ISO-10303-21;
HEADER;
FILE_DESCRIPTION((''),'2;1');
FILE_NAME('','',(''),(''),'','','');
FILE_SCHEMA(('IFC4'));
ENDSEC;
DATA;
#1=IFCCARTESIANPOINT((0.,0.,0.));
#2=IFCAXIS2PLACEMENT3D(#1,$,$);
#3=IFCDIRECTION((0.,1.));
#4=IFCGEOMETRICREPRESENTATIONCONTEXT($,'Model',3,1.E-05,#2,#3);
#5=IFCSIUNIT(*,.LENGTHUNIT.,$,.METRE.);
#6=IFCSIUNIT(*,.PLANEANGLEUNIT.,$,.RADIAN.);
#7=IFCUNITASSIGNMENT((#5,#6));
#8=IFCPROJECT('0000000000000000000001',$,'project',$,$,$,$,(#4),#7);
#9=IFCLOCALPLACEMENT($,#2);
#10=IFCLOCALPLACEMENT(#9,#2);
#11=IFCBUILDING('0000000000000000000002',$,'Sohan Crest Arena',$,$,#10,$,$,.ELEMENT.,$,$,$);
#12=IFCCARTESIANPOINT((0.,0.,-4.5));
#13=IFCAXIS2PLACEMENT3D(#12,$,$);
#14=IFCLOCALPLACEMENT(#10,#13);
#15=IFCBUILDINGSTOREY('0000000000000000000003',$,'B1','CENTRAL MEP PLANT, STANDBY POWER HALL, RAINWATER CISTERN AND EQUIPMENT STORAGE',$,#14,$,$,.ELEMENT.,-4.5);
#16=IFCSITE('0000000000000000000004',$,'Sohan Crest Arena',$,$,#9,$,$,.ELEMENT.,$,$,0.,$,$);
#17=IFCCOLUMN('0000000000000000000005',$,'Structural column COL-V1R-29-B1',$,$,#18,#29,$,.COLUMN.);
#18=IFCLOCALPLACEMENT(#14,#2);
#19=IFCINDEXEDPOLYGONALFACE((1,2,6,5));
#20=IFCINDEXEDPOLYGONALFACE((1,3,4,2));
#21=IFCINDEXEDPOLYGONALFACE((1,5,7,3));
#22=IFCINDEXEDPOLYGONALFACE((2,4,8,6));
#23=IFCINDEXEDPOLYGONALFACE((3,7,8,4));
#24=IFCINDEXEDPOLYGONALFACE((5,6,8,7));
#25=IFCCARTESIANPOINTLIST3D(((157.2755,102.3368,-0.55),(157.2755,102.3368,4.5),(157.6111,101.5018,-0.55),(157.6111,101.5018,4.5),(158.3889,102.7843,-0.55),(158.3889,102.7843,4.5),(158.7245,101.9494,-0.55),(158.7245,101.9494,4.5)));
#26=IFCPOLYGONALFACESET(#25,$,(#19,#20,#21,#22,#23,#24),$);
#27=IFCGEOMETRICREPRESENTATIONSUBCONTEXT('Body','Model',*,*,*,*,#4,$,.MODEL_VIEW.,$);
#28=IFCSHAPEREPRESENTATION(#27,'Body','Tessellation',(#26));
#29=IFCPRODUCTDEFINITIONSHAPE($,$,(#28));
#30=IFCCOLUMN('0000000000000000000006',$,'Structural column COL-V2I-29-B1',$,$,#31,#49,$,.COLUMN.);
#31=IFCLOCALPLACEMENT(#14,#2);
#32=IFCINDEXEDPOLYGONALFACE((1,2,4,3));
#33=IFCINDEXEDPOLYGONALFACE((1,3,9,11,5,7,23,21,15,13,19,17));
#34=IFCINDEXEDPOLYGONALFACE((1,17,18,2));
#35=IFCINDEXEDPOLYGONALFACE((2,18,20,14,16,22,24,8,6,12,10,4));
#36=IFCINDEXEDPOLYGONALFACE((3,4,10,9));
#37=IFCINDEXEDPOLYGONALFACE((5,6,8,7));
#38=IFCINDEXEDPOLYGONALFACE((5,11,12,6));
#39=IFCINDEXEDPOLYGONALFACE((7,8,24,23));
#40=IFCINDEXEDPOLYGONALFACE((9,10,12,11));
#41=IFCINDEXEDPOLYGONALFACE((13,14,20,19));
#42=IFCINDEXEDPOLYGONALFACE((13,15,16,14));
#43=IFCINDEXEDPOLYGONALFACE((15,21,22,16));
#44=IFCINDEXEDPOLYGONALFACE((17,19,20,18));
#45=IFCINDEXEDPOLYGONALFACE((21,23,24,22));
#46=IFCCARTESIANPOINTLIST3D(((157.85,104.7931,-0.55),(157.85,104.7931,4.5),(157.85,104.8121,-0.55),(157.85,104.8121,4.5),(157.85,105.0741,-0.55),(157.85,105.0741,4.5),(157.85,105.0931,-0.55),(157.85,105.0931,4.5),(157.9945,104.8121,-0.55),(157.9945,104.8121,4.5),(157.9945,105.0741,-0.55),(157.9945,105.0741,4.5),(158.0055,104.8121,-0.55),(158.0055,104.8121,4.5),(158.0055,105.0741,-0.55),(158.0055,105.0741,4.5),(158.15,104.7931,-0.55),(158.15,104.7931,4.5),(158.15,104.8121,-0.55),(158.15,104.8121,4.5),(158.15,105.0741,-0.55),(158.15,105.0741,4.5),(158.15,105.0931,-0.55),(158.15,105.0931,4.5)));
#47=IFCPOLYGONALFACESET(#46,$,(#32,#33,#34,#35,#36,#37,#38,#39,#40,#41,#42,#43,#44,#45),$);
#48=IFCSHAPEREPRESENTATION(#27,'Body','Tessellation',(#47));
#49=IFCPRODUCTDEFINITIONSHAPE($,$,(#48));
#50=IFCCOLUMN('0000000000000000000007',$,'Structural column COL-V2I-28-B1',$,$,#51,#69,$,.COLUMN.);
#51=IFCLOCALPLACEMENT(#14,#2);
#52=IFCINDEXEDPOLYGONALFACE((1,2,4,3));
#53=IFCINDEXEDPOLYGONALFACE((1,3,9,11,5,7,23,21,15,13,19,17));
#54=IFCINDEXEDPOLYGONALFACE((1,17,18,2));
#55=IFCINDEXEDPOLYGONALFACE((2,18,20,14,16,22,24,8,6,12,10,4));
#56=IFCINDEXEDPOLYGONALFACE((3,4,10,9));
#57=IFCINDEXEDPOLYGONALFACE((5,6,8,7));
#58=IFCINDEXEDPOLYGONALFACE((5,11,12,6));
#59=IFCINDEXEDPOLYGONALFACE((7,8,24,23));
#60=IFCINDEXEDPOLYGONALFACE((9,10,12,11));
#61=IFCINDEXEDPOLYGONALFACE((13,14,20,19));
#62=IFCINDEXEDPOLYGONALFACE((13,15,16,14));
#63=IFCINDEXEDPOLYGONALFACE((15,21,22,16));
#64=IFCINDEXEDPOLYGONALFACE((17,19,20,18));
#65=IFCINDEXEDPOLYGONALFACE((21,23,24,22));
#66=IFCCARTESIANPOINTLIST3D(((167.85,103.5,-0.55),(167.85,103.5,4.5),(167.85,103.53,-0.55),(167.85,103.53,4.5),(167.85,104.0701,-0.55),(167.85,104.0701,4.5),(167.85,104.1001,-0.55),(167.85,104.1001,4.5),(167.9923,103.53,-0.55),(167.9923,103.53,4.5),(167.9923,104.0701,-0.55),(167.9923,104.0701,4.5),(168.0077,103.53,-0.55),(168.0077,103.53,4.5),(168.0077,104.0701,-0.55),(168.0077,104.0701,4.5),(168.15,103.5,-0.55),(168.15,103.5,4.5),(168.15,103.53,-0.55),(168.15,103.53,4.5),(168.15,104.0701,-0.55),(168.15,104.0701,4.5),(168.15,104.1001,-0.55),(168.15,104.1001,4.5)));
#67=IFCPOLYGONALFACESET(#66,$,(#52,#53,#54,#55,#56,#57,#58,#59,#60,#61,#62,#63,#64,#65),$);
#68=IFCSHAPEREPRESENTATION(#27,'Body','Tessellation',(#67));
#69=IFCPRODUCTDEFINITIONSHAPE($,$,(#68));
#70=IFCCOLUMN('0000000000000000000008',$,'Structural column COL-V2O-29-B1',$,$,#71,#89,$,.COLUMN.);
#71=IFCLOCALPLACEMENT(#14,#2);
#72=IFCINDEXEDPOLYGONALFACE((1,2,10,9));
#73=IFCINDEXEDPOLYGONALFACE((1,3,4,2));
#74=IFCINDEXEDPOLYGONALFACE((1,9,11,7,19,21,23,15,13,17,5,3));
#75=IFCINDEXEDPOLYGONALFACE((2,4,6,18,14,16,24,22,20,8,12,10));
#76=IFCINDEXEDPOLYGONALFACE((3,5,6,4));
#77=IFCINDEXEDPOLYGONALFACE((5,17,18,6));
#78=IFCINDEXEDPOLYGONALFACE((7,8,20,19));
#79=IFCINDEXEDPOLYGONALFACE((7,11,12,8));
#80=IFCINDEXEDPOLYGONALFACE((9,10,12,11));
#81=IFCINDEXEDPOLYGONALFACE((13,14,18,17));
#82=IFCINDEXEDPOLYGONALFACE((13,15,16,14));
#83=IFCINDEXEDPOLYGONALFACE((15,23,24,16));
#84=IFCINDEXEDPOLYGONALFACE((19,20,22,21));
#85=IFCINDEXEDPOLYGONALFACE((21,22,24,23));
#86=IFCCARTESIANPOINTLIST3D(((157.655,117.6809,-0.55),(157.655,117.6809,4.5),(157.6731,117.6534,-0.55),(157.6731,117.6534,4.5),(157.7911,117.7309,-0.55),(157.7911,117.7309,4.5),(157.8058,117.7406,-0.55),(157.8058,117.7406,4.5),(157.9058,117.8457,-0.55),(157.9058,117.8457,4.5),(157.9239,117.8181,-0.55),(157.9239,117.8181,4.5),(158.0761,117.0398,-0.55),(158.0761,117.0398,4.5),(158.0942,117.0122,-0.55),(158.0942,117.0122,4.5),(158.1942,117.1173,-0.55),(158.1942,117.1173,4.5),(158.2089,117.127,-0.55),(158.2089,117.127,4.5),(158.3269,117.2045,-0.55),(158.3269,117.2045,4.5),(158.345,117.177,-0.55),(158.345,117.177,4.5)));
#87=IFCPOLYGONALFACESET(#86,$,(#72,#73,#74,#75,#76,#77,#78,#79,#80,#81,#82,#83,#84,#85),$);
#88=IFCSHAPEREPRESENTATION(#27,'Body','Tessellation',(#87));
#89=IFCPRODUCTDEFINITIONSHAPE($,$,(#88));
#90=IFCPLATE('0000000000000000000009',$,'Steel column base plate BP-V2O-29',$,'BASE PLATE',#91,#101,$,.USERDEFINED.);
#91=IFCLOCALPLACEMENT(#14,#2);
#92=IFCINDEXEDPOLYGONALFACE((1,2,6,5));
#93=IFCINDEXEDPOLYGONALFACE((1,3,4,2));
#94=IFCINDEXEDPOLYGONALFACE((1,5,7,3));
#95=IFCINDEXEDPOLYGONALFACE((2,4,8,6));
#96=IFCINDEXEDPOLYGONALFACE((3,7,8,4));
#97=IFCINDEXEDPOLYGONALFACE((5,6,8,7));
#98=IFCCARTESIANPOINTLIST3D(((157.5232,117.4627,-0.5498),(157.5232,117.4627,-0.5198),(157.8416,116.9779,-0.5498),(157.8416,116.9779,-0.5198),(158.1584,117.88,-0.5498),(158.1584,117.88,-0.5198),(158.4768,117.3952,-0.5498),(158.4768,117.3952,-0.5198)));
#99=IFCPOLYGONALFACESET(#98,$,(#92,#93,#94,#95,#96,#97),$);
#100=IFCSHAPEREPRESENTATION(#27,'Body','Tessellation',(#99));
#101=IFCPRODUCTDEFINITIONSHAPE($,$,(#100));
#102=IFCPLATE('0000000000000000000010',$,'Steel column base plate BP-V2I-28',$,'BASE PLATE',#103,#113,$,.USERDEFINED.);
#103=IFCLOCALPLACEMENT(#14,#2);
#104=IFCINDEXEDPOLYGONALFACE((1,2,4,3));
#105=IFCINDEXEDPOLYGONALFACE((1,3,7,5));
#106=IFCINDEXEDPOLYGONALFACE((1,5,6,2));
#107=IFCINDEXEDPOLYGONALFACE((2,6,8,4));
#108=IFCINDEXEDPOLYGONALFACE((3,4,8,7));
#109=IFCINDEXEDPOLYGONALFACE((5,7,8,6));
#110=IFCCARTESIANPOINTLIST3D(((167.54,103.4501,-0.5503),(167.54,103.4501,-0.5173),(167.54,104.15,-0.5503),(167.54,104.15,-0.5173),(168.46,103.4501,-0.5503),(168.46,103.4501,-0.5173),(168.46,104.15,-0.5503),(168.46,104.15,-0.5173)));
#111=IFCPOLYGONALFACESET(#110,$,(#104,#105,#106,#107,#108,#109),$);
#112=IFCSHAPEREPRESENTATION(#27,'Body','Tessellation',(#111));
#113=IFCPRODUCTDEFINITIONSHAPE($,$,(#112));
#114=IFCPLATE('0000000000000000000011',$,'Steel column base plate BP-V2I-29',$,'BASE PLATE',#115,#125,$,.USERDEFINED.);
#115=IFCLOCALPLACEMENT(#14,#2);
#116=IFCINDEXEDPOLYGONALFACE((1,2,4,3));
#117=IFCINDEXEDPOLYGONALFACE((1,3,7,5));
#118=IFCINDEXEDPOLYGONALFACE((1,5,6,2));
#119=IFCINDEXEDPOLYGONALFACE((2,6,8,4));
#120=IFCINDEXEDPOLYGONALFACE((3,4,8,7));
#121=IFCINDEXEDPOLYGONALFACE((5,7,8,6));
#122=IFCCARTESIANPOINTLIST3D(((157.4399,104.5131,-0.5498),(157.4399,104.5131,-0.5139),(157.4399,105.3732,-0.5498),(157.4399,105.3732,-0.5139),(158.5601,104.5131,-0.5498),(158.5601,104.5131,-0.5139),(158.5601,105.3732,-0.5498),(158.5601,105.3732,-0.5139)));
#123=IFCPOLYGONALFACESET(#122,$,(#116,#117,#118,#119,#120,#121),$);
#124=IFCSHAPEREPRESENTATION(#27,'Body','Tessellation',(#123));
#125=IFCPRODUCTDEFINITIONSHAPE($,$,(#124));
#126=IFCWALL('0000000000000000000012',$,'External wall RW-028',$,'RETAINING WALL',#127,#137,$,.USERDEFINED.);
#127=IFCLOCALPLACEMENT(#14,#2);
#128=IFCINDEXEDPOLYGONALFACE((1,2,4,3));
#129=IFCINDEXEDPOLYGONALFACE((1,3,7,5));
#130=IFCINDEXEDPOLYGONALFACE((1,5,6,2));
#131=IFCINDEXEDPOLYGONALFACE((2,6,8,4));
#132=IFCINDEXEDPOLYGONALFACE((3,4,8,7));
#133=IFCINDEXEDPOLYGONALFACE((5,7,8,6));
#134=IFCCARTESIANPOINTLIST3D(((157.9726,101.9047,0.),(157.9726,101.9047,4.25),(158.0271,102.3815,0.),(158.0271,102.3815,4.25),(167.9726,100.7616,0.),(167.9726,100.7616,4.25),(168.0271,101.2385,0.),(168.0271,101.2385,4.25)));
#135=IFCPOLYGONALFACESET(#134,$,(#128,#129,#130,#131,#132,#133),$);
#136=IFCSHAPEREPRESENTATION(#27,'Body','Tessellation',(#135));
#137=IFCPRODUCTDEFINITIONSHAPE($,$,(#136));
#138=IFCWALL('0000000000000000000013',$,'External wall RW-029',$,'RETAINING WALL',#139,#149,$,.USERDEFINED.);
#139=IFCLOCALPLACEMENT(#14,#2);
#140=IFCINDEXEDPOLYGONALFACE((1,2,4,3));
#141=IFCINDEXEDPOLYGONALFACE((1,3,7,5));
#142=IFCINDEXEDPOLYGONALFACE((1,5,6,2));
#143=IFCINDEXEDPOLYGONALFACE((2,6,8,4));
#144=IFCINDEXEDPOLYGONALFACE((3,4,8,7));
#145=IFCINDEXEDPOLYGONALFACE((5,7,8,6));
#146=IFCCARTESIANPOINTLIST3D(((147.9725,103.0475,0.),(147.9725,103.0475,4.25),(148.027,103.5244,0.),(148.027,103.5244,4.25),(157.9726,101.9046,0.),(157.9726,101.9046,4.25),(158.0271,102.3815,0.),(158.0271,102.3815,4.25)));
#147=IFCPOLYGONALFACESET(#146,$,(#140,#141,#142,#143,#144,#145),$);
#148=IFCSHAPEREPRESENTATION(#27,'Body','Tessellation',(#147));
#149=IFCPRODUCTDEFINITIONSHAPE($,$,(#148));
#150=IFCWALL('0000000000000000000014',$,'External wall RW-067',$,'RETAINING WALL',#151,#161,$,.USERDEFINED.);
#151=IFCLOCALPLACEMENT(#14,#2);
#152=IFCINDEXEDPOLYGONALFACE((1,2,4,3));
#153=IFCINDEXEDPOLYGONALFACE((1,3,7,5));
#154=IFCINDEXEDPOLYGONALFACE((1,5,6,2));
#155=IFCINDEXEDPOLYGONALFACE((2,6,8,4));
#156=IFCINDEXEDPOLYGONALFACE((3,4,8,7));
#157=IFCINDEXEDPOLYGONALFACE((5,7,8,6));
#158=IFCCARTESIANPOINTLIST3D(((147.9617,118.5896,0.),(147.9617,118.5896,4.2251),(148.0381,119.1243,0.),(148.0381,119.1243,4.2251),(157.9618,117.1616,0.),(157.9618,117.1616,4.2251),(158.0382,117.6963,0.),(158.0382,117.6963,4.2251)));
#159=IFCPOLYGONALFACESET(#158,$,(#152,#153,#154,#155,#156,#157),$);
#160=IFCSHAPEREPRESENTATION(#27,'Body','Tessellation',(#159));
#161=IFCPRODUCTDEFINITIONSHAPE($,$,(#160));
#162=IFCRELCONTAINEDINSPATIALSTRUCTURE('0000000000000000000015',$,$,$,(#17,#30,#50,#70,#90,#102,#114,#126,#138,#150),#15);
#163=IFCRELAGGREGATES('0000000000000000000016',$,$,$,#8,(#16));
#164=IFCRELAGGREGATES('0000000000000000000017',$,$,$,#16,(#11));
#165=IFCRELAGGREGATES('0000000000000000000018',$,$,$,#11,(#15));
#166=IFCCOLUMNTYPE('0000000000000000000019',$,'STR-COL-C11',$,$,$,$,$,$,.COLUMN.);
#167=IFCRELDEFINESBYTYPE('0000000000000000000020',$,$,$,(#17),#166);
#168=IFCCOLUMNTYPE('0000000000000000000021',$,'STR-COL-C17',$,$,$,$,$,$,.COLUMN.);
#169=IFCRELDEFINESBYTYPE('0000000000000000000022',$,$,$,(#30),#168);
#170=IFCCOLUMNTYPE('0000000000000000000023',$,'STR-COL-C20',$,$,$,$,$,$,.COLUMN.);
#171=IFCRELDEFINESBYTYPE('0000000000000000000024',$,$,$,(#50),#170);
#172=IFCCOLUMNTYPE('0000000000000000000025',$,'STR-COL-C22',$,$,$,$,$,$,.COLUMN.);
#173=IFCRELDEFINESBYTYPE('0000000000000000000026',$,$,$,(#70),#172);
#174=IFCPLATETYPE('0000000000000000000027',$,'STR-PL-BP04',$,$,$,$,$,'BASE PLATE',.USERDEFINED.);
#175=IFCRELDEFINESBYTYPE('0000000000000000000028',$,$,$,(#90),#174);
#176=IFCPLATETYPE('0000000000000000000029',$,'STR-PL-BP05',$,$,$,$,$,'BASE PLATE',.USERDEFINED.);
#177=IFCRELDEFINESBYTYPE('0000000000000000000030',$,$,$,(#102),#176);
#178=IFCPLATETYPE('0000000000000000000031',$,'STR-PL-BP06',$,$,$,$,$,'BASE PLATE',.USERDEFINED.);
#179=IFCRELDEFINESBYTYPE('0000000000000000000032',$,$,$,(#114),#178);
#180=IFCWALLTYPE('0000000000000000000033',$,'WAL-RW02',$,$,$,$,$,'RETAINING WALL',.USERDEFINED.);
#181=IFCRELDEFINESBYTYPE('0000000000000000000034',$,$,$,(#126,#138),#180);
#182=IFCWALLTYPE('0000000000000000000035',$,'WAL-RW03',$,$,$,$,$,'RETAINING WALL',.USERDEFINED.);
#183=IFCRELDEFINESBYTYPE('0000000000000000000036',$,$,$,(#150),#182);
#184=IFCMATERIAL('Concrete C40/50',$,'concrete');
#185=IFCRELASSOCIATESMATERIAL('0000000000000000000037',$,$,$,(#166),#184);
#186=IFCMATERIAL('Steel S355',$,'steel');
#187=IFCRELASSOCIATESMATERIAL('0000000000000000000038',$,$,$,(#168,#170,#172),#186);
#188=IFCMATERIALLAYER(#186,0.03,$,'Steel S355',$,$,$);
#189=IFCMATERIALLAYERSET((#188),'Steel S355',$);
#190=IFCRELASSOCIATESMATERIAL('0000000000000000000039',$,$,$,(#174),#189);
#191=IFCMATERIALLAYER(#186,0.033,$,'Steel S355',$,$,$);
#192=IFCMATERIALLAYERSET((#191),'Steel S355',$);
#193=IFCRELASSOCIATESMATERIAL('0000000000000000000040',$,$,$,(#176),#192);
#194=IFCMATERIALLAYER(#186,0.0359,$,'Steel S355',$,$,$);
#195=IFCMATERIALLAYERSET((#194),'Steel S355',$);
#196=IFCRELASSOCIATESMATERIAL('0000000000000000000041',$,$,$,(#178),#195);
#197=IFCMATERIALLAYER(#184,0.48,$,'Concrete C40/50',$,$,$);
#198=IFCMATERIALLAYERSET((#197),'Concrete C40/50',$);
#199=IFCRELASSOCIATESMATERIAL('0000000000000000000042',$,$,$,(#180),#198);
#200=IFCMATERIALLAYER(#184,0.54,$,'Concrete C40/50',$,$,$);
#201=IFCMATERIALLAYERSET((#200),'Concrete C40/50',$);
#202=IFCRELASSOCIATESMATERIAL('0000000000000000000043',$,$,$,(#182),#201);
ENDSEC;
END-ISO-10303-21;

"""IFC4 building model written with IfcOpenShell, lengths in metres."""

from ifc_helpers import new_model, si_unit, direction, frame, frame_2d, origin, origin_2d, place, context, subcontext, project, spatial, rectangle, i_section, extrude, material, layer, layer_set, material_profile, profile_set, type_object, element, save


model = new_model("IFC4")

# Units and contexts
model_context = context("Model", 3, precision=1e-05, world=origin(), true_north=direction((0.0, 1.0)))
body_context = subcontext(model_context, "Body", "Model", "MODEL_VIEW")
ifc_project = project(units=[si_unit("LENGTHUNIT", "METRE"), si_unit("PLANEANGLEUNIT", "RADIAN")], contexts=[model_context])

# Site, building, storey
site_placement = place(None, origin())
site = spatial("IfcSite", under=ifc_project, at=site_placement, Name="Sohan Crest Arena", CompositionType="ELEMENT", RefElevation=0.0)
building_placement = place(site_placement, origin())
building = spatial("IfcBuilding", under=site, at=building_placement, Name="Sohan Crest Arena", CompositionType="ELEMENT")
storey_placement = place(building_placement, frame((0.0, 0.0, -4.5)))
storey = spatial("IfcBuildingStorey", under=building, at=storey_placement, Name="B1", Description="CENTRAL MEP PLANT, STANDBY POWER HALL, RAINWATER CISTERN AND EQUIPMENT STORAGE", CompositionType="ELEMENT", Elevation=-4.5)

# Shared definitions
ifc_material_1 = material(Name="Concrete C40/50", Category="concrete")

# Columns
ifc_material_profile_1 = material_profile(ifc_material_1, rectangle(XDim=1.2, YDim=0.8999, at=origin_2d()), Name="RC 1200x900")
ifc_profile_set_1 = profile_set([ifc_material_profile_1], Name="Concrete C40/50")
column_type_1 = type_object("IfcColumnType", Name="STR-COL-C11", PredefinedType="COLUMN", material=ifc_profile_set_1)
column_1_placement = place(storey_placement, frame((158.0, 102.1431, -0.55), z_axis=(0.0, 0.0, 1.0), x_axis=(0.927836, 0.372988, 0.0)))
element("IfcColumn", 1, at=column_1_placement, inside=storey, type_object=column_type_1, Name="Structural column COL-V1R-29-B1", PredefinedType="COLUMN", context=body_context, shape_type="SweptSolid", body=[
    extrude(rectangle(XDim=1.2, YDim=0.8999, at=origin_2d()), origin(), (0.0, 0.0, 1.0), 5.05),
])
ifc_material_2 = material(Name="Steel S355", Category="steel")
ifc_material_profile_2 = material_profile(ifc_material_2, i_section(OverallWidth=0.3, OverallDepth=0.3, WebThickness=0.011, FlangeThickness=0.019, at=origin_2d()), Name="HEB 300")
ifc_profile_set_2 = profile_set([ifc_material_profile_2], Name="Steel S355")
column_type_2 = type_object("IfcColumnType", Name="STR-COL-C17", PredefinedType="COLUMN", material=ifc_profile_set_2)
column_2_placement = place(storey_placement, frame((158.0, 104.9431, -0.55), z_axis=(0.0, 0.0, 1.0), x_axis=(1.0, 0.0, 0.0)))
element("IfcColumn", 2, at=column_2_placement, inside=storey, type_object=column_type_2, Name="Structural column COL-V2I-29-B1", PredefinedType="COLUMN", context=body_context, shape_type="SweptSolid", body=[
    extrude(i_section(OverallWidth=0.3, OverallDepth=0.3, WebThickness=0.011, FlangeThickness=0.019, at=origin_2d()), origin(), (0.0, 0.0, 1.0), 5.05),
])
ifc_material_profile_3 = material_profile(ifc_material_2, i_section(OverallWidth=0.3, OverallDepth=0.6001, WebThickness=0.0154, FlangeThickness=0.03, at=origin_2d()), Name="HEB 600")
ifc_profile_set_3 = profile_set([ifc_material_profile_3], Name="Steel S355")
column_type_3 = type_object("IfcColumnType", Name="STR-COL-C20", PredefinedType="COLUMN", material=ifc_profile_set_3)
column_3_placement = place(storey_placement, frame((168.0, 103.8, -0.55), z_axis=(0.0, 0.0, 1.0), x_axis=(1.0, 0.0, 0.0)))
element("IfcColumn", 3, at=column_3_placement, inside=storey, type_object=column_type_3, Name="Structural column COL-V2I-28-B1", PredefinedType="COLUMN", context=body_context, shape_type="SweptSolid", body=[
    extrude(i_section(OverallWidth=0.3, OverallDepth=0.6001, WebThickness=0.0154, FlangeThickness=0.03, at=origin_2d()), origin(), (0.0, 0.0, 1.0), 5.05),
])
ifc_material_profile_4 = material_profile(ifc_material_2, i_section(OverallWidth=0.3, OverallDepth=0.8, WebThickness=0.0176, FlangeThickness=0.033, at=origin_2d()), Name="HEB 800")
ifc_profile_set_4 = profile_set([ifc_material_profile_4], Name="Steel S355")
column_type_4 = type_object("IfcColumnType", Name="STR-COL-C22", PredefinedType="COLUMN", material=ifc_profile_set_4)
column_4_placement = place(storey_placement, frame((158.0, 117.429, -0.55), z_axis=(0.0, 0.0, 1.0), x_axis=(0.835807, 0.549023, 0.0)))
element("IfcColumn", 4, at=column_4_placement, inside=storey, type_object=column_type_4, Name="Structural column COL-V2O-29-B1", PredefinedType="COLUMN", context=body_context, shape_type="SweptSolid", body=[
    extrude(i_section(OverallWidth=0.3, OverallDepth=0.8, WebThickness=0.0176, FlangeThickness=0.033, at=origin_2d()), origin(), (0.0, 0.0, 1.0), 5.05),
])

# Plates
ifc_layer_1 = layer(ifc_material_2, 0.03, Name="Steel S355")
ifc_layer_set_1 = layer_set([ifc_layer_1], Name="Steel S355")
plate_type_1 = type_object("IfcPlateType", Name="STR-PL-BP04", ElementType="BASE PLATE", PredefinedType="USERDEFINED", material=ifc_layer_set_1)
plate_1_placement = place(storey_placement, frame((158.0, 117.429, -0.5498), z_axis=(0.0, 0.0, 1.0), x_axis=(0.835807, 0.549023, 0.0)))
element("IfcPlate", 5, at=plate_1_placement, inside=storey, type_object=plate_type_1, Name="Steel column base plate BP-V2O-29", ObjectType="BASE PLATE", PredefinedType="USERDEFINED", context=body_context, shape_type="SweptSolid", body=[
    extrude(rectangle(XDim=0.76, YDim=0.5801, at=origin_2d()), origin(), (0.0, 0.0, 1.0), 0.03),
])
ifc_layer_2 = layer(ifc_material_2, 0.033, Name="Steel S355")
ifc_layer_set_2 = layer_set([ifc_layer_2], Name="Steel S355")
plate_type_2 = type_object("IfcPlateType", Name="STR-PL-BP05", ElementType="BASE PLATE", PredefinedType="USERDEFINED", material=ifc_layer_set_2)
plate_2_placement = place(storey_placement, frame((168.0, 103.8, -0.5503), z_axis=(0.0, 0.0, 1.0), x_axis=(1.0, 0.0, 0.0)))
element("IfcPlate", 6, at=plate_2_placement, inside=storey, type_object=plate_type_2, Name="Steel column base plate BP-V2I-28", ObjectType="BASE PLATE", PredefinedType="USERDEFINED", context=body_context, shape_type="SweptSolid", body=[
    extrude(rectangle(XDim=0.9199, YDim=0.7, at=origin_2d()), origin(), (0.0, 0.0, 1.0), 0.033),
])
ifc_layer_3 = layer(ifc_material_2, 0.0359, Name="Steel S355")
ifc_layer_set_3 = layer_set([ifc_layer_3], Name="Steel S355")
plate_type_3 = type_object("IfcPlateType", Name="STR-PL-BP06", ElementType="BASE PLATE", PredefinedType="USERDEFINED", material=ifc_layer_set_3)
plate_3_placement = place(storey_placement, frame((158.0, 104.9431, -0.5498), z_axis=(0.0, 0.0, 1.0), x_axis=(1.0, 0.0, 0.0)))
element("IfcPlate", 7, at=plate_3_placement, inside=storey, type_object=plate_type_3, Name="Steel column base plate BP-V2I-29", ObjectType="BASE PLATE", PredefinedType="USERDEFINED", context=body_context, shape_type="SweptSolid", body=[
    extrude(rectangle(XDim=1.1201, YDim=0.8601, at=origin_2d()), origin(), (0.0, 0.0, 1.0), 0.0359),
])

# Walls
ifc_layer_4 = layer(ifc_material_1, 0.48, Name="Concrete C40/50")
ifc_layer_set_4 = layer_set([ifc_layer_4], Name="Concrete C40/50")
wall_type_1 = type_object("IfcWallType", Name="WAL-RW02", ElementType="RETAINING WALL", PredefinedType="USERDEFINED", material=ifc_layer_set_4)
for number, where, z_axis, x_axis, name in (
    (8, (168.0, 101.0, 0.0), (0.0, 0.0, 1.0), (-0.99353, 0.113567, 0.0), "External wall RW-028"),
    (9, (158.0, 102.1431, 0.0), (0.0, 0.0, 1.0), (-0.993533, 0.113543, 0.0), "External wall RW-029"),
):
    element("IfcWall", number, at=place(storey_placement, frame(where, z_axis=z_axis, x_axis=x_axis)), inside=storey, type_object=wall_type_1, Name=name, ObjectType="RETAINING WALL", PredefinedType="USERDEFINED", context=body_context, shape_type="SweptSolid", body=[
        extrude(rectangle(XDim=10.0652, YDim=0.48, at=frame_2d((5.0327, 0.0))), origin(), (0.0, 0.0, 1.0), 4.25),
    ])
ifc_layer_5 = layer(ifc_material_1, 0.54, Name="Concrete C40/50")
ifc_layer_set_5 = layer_set([ifc_layer_5], Name="Concrete C40/50")
wall_type_2 = type_object("IfcWallType", Name="WAL-RW03", ElementType="RETAINING WALL", PredefinedType="USERDEFINED", material=ifc_layer_set_5)
wall_placement = place(storey_placement, frame((158.0, 117.429, 0.0), z_axis=(0.0, 0.0, 1.0), x_axis=(-0.989958, 0.141364, 0.0)))
element("IfcWall", 10, at=wall_placement, inside=storey, type_object=wall_type_2, Name="External wall RW-067", ObjectType="RETAINING WALL", PredefinedType="USERDEFINED", context=body_context, shape_type="SweptSolid", body=[
    extrude(rectangle(XDim=10.1016, YDim=0.54, at=frame_2d((5.0508, 0.0))), origin(), (0.0, 0.0, 1.0), 4.2251),
])

save(model, "model.ifc")
